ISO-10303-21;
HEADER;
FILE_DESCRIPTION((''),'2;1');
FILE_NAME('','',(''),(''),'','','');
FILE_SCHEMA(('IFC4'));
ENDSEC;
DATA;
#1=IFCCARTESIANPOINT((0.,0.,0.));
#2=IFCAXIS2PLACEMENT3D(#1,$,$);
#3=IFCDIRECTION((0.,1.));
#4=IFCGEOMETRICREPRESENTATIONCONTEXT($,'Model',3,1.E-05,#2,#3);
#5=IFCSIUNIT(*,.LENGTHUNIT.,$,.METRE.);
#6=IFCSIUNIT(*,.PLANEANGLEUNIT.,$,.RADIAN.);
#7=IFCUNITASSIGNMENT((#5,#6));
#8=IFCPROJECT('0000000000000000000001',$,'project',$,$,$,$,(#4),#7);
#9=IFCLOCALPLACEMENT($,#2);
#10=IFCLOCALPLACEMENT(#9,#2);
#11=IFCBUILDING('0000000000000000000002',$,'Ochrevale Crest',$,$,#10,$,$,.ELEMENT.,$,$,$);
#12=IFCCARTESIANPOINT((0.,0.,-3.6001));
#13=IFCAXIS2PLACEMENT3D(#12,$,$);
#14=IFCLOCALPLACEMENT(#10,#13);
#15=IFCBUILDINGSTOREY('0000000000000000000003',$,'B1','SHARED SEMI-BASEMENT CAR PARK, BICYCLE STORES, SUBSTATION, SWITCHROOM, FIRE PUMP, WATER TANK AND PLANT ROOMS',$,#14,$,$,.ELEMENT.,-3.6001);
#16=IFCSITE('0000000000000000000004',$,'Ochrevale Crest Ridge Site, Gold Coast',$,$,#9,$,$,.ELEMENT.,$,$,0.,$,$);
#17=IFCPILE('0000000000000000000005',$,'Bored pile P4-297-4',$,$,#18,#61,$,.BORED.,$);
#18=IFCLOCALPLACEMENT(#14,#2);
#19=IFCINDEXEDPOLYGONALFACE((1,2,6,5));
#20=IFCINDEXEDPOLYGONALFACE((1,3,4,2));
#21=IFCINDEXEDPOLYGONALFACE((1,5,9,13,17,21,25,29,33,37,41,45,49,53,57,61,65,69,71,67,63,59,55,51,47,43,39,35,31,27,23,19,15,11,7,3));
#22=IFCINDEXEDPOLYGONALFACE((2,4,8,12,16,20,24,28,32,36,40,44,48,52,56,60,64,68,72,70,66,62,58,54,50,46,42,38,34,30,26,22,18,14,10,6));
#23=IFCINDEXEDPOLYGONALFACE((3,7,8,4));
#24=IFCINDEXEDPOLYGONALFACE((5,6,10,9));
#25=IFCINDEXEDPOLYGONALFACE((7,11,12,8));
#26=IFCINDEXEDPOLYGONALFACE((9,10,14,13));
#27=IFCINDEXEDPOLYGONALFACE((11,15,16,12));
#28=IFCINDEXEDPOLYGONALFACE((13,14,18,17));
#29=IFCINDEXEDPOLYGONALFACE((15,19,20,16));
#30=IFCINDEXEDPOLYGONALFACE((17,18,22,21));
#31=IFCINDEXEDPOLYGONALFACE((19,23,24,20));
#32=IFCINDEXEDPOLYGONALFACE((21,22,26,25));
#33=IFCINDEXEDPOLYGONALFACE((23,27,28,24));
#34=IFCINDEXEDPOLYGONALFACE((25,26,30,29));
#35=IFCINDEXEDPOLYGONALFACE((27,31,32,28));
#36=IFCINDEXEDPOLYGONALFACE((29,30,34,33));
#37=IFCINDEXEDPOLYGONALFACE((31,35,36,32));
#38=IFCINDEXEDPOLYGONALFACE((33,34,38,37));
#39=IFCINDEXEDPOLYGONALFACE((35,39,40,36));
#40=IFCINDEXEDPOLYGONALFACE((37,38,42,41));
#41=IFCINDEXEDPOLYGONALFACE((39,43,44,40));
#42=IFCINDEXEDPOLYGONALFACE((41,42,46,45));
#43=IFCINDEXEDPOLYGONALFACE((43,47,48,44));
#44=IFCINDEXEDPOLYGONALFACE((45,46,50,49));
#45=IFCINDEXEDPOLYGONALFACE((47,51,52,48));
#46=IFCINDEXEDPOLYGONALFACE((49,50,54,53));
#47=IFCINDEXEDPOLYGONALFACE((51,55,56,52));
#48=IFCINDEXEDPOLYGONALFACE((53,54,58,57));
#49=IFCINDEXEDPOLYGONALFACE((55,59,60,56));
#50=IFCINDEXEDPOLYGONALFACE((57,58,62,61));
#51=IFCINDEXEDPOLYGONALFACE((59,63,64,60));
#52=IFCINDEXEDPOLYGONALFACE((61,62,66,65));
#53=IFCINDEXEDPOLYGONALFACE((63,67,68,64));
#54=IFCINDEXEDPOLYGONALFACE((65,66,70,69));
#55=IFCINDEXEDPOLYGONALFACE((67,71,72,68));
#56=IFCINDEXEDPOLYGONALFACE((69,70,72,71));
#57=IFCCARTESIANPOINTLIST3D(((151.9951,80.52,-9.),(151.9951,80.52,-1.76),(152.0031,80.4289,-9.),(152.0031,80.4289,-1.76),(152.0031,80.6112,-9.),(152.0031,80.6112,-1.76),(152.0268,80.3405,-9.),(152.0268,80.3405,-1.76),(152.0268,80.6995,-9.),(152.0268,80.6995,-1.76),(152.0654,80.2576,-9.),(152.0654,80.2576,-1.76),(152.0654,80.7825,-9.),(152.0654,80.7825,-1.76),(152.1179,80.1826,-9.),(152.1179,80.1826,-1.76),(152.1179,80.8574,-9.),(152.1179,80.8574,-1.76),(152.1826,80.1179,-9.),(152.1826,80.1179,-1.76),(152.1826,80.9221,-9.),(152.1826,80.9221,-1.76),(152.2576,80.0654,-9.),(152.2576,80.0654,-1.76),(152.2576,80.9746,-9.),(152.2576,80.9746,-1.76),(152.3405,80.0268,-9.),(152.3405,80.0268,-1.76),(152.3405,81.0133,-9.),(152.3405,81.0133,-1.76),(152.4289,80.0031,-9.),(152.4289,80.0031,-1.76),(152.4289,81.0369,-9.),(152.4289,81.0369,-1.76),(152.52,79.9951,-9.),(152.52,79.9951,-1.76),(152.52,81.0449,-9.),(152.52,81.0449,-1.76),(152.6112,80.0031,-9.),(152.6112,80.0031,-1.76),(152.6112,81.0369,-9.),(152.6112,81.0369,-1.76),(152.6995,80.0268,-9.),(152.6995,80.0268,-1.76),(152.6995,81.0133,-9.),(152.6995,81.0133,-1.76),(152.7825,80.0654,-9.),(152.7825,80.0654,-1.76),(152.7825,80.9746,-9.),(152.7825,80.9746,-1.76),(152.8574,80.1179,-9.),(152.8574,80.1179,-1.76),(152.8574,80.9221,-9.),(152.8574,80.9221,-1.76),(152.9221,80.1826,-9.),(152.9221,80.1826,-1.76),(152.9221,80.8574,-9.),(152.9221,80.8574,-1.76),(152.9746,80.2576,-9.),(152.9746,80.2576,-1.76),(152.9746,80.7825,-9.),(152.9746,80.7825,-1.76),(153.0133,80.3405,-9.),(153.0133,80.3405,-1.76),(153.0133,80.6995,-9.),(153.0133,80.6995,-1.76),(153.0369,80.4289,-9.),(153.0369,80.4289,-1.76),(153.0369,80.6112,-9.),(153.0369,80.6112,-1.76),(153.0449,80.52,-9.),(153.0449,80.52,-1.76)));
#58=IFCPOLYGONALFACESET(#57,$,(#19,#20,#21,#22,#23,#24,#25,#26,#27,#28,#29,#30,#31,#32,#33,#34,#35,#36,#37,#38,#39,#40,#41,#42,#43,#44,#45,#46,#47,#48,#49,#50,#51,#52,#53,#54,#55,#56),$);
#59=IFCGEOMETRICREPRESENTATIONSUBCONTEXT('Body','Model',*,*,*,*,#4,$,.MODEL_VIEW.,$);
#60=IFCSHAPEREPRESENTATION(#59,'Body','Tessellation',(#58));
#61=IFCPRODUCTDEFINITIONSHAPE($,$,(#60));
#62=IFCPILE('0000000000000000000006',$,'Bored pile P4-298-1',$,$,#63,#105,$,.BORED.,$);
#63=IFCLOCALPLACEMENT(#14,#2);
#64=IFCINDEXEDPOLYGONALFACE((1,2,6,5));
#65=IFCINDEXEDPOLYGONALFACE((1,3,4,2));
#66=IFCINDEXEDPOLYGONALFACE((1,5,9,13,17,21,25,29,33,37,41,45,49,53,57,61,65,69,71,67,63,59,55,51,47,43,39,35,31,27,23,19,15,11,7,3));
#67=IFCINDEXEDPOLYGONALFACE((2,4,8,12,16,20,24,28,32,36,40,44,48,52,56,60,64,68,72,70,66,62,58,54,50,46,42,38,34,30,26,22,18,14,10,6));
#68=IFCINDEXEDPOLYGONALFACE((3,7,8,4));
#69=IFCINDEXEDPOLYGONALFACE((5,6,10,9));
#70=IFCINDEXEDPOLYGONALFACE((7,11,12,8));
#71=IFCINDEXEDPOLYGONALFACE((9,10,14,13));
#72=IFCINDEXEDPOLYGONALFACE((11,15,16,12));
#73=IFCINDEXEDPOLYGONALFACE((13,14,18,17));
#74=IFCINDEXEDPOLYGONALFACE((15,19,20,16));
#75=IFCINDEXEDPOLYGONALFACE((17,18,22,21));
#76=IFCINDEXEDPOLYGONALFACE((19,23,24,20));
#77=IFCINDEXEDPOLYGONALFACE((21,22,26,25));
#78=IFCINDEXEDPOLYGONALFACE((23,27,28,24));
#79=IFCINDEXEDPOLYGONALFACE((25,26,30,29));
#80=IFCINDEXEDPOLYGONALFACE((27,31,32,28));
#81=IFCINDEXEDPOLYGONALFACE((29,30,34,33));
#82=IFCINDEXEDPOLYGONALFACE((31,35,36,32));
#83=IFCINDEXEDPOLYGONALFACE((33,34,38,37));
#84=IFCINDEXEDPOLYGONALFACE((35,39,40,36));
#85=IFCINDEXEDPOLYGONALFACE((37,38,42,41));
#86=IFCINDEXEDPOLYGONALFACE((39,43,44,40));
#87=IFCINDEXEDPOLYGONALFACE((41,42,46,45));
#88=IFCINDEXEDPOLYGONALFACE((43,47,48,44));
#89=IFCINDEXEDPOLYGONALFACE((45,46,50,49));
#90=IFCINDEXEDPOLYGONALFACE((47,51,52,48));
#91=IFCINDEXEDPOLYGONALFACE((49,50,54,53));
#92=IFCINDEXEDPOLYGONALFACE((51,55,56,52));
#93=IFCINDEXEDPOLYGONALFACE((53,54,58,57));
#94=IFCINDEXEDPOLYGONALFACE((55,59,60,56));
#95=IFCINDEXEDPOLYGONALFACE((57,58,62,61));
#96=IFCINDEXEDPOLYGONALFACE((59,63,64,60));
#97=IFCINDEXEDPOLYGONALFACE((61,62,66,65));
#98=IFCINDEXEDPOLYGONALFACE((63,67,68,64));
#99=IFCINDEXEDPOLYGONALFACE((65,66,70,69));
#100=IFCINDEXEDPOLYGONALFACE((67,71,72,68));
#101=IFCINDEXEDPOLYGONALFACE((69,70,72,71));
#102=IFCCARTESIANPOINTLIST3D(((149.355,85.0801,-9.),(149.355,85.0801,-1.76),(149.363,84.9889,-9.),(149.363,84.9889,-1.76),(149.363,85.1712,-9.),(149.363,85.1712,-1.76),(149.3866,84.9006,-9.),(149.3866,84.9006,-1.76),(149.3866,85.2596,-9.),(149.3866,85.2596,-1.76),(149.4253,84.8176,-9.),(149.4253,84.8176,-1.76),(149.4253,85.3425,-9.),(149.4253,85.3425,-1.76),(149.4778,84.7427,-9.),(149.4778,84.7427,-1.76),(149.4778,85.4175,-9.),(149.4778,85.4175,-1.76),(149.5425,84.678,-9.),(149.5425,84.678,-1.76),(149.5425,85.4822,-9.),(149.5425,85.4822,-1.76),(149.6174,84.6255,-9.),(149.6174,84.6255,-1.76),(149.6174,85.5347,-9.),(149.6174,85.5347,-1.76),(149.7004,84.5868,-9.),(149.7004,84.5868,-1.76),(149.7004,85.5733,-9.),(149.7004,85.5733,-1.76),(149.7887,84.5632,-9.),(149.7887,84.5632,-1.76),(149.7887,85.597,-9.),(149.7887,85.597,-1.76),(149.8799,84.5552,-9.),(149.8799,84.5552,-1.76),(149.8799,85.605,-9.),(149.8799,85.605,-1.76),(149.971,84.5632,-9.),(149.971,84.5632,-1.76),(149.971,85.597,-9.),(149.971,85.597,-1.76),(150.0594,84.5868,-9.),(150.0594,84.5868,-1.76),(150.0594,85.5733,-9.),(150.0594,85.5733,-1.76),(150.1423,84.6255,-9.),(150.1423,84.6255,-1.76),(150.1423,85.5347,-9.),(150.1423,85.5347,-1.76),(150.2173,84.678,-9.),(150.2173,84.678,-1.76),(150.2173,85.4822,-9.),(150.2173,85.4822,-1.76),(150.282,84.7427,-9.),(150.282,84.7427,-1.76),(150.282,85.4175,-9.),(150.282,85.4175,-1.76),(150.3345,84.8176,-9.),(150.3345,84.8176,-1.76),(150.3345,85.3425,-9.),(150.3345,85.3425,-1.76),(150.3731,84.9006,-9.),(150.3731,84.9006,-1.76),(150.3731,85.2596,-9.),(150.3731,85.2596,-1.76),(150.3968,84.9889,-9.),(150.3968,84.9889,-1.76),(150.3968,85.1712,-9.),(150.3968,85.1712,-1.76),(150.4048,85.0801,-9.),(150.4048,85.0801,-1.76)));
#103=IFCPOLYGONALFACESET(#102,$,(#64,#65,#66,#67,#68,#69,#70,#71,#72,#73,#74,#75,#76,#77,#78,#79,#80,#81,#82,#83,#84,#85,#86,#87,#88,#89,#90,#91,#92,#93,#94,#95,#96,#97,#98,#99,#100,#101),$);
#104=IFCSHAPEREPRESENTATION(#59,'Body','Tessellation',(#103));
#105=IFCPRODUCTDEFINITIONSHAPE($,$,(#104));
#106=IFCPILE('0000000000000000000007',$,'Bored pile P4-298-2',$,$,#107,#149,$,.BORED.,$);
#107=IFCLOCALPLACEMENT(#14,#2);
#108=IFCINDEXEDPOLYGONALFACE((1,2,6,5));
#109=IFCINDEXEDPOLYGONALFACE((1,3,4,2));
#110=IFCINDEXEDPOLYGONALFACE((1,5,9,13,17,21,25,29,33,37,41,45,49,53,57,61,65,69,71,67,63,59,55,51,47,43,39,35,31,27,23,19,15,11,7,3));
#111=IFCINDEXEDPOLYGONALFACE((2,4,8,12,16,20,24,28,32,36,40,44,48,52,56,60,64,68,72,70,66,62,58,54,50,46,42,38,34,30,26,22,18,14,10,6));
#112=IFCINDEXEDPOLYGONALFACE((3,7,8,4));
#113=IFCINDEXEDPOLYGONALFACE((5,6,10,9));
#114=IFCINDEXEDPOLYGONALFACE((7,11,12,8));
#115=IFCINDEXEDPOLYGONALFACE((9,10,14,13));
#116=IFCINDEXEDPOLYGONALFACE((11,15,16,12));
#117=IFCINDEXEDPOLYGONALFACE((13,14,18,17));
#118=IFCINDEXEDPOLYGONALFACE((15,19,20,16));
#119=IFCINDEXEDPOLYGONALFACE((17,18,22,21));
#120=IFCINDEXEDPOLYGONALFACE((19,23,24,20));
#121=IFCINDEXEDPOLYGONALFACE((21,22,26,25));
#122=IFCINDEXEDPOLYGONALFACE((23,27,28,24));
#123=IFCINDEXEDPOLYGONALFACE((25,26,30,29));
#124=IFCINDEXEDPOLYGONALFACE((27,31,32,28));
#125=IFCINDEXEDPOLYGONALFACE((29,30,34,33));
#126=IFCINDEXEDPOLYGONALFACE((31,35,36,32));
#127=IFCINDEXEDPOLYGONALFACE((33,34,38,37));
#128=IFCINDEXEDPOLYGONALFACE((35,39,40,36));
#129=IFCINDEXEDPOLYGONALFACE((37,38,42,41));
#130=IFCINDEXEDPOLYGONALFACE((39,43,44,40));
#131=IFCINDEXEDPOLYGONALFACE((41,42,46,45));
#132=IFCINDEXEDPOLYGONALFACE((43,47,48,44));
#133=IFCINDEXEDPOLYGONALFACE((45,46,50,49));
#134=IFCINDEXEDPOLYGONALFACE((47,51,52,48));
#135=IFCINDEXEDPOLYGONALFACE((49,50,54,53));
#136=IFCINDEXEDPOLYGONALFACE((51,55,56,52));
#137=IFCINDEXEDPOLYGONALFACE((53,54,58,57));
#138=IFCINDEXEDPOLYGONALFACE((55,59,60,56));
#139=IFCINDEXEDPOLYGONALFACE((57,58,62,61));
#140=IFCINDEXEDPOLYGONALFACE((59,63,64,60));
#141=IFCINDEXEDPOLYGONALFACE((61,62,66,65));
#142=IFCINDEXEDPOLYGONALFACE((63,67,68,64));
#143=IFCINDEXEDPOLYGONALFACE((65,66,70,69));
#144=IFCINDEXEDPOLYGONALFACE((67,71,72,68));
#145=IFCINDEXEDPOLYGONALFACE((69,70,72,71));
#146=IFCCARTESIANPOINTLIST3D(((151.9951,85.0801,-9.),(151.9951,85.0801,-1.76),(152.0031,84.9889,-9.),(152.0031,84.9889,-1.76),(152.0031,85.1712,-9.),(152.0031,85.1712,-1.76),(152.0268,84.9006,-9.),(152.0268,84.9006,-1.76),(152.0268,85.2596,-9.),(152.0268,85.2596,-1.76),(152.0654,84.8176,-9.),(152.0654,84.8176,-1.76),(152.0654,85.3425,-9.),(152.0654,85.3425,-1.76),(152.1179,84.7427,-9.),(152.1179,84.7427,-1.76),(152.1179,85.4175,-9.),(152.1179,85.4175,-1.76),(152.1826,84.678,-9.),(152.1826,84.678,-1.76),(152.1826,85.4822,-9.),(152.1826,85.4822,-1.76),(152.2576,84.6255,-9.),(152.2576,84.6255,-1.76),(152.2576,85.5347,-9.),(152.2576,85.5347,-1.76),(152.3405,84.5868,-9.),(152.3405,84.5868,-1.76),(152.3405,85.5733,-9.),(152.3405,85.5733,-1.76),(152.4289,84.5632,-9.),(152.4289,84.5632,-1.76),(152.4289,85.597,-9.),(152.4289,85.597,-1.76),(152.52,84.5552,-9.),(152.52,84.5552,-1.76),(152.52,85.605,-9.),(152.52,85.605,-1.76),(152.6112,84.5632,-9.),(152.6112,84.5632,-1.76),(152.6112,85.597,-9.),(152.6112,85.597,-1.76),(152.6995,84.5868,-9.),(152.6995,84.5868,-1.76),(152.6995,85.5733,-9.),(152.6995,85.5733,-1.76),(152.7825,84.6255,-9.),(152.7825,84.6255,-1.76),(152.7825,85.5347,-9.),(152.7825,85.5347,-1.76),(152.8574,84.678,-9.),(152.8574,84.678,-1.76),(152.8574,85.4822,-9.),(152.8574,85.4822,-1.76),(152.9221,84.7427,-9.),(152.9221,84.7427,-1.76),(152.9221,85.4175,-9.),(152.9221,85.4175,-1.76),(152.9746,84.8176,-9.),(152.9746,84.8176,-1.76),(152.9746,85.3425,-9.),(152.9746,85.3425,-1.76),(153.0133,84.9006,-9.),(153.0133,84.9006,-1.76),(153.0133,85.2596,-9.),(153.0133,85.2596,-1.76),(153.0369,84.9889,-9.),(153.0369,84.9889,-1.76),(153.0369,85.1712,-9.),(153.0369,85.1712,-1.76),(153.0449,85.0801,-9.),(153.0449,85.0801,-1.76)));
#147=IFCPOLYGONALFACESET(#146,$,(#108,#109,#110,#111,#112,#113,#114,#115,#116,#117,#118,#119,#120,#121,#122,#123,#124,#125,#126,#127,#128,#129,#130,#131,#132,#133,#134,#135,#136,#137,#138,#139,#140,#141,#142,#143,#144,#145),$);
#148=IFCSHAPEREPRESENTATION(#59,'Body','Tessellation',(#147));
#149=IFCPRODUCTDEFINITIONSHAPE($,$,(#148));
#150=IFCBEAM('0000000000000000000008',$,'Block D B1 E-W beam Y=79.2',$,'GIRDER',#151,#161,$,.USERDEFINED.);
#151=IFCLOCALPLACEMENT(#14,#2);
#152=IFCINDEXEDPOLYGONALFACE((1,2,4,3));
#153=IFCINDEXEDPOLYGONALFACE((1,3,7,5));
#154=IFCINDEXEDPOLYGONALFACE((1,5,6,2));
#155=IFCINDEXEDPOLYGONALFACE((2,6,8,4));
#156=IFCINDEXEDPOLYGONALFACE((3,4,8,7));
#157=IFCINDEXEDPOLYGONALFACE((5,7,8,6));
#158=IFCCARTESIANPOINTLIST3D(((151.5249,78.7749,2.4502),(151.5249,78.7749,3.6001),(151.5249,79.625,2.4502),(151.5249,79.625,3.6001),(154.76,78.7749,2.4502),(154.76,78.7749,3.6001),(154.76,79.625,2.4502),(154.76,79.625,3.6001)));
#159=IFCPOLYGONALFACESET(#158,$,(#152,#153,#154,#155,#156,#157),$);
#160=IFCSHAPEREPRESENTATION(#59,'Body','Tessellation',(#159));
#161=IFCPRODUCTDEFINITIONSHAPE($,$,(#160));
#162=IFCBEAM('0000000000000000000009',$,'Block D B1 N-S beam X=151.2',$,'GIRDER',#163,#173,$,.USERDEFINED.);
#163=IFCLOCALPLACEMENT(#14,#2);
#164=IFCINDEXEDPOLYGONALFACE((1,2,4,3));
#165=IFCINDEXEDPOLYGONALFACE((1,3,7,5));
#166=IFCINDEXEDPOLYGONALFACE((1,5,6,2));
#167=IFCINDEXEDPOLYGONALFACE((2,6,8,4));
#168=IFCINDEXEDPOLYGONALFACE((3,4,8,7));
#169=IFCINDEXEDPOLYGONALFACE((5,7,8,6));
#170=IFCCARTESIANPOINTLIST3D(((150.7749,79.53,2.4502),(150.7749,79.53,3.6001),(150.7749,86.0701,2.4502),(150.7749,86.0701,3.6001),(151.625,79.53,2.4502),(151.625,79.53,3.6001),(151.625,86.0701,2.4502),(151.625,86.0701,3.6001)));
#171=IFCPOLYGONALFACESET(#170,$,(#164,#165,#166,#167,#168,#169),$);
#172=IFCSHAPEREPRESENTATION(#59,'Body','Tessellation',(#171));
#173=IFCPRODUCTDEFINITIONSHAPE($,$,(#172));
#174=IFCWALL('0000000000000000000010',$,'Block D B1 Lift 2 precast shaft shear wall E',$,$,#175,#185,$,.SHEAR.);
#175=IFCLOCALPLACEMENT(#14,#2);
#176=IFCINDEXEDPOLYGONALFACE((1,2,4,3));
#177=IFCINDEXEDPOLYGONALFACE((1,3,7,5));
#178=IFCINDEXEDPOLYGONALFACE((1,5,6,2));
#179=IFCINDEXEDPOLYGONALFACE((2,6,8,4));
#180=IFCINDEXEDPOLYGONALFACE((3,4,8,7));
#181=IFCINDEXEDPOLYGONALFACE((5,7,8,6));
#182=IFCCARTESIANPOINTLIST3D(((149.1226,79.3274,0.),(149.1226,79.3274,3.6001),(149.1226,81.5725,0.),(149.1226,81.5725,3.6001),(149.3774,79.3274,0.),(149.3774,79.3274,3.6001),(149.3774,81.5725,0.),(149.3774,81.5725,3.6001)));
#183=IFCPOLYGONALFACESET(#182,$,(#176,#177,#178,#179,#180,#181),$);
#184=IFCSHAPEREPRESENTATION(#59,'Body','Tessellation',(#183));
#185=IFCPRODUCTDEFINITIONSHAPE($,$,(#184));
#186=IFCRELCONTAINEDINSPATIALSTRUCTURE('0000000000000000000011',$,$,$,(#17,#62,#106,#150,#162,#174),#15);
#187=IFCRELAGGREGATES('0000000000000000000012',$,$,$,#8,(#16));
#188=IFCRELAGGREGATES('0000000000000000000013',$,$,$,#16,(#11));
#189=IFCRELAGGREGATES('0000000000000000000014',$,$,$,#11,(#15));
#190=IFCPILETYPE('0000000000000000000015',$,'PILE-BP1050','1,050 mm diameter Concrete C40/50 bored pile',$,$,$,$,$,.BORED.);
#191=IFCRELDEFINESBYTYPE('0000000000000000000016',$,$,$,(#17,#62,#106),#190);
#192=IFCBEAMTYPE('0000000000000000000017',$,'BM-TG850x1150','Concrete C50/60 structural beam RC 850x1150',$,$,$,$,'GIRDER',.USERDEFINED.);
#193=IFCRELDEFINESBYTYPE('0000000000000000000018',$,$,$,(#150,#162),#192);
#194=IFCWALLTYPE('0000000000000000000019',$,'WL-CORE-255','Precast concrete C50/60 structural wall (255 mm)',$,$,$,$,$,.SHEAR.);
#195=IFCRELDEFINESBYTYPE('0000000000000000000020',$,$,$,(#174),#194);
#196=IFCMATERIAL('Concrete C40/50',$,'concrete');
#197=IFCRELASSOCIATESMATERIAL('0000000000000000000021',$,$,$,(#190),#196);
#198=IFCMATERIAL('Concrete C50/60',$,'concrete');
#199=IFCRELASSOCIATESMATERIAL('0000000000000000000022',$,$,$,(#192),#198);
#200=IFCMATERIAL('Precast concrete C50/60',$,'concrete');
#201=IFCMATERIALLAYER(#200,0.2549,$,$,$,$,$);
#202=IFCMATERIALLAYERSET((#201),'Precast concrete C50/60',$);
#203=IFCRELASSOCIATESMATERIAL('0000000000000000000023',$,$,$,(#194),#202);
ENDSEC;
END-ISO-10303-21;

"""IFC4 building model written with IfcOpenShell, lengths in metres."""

from ifc_helpers import new_model, si_unit, direction, frame, frame_2d, origin, origin_2d, place, context, subcontext, project, spatial, rectangle, circle, extrude, material, layer, layer_set, material_profile, profile_set, type_object, element, save


model = new_model("IFC4")

# Units and contexts
model_context = context("Model", 3, precision=1e-05, world=origin(), true_north=direction((0.0, 1.0)))
body_context = subcontext(model_context, "Body", "Model", "MODEL_VIEW")
ifc_project = project(units=[si_unit("LENGTHUNIT", "METRE"), si_unit("PLANEANGLEUNIT", "RADIAN")], contexts=[model_context])

# Site, building, storey
site_placement = place(None, origin())
site = spatial("IfcSite", under=ifc_project, at=site_placement, Name="Ochrevale Crest Ridge Site, Gold Coast", CompositionType="ELEMENT", RefElevation=0.0)
building_placement = place(site_placement, origin())
building = spatial("IfcBuilding", under=site, at=building_placement, Name="Ochrevale Crest", CompositionType="ELEMENT")
storey_placement = place(building_placement, frame((0.0, 0.0, -3.6001)))
storey = spatial("IfcBuildingStorey", under=building, at=storey_placement, Name="B1", Description="SHARED SEMI-BASEMENT CAR PARK, BICYCLE STORES, SUBSTATION, SWITCHROOM, FIRE PUMP, WATER TANK AND PLANT ROOMS", CompositionType="ELEMENT", Elevation=-3.6001)

# Shared definitions
ifc_material_1 = material(Name="Concrete C40/50", Category="concrete")

# Piles
ifc_material_profile_1 = material_profile(ifc_material_1, circle(Radius=0.5249, at=origin_2d()), Name="BORED PILE 1050")
ifc_profile_set_1 = profile_set([ifc_material_profile_1], Name="Concrete C40/50")
pile_type = type_object("IfcPileType", Name="PILE-BP1050", Description="1,050 mm diameter Concrete C40/50 bored pile", PredefinedType="BORED", material=ifc_profile_set_1)
for number, where, z_axis, x_axis, name in (
    (1, (152.52, 80.52, -1.76), (0.0, 0.0, -1.0), (1.0, 0.0, 0.0), "Bored pile P4-297-4"),
    (2, (149.8799, 85.0801, -1.76), (0.0, 0.0, -1.0), (1.0, 0.0, 0.0), "Bored pile P4-298-1"),
    (3, (152.52, 85.0801, -1.76), (0.0, 0.0, -1.0), (1.0, 0.0, 0.0), "Bored pile P4-298-2"),
):
    element("IfcPile", number, at=place(storey_placement, frame(where, z_axis=z_axis, x_axis=x_axis)), inside=storey, type_object=pile_type, Name=name, PredefinedType="BORED", context=body_context, shape_type="SweptSolid", body=[
        extrude(circle(Radius=0.5249, at=origin_2d()), origin(), (0.0, 0.0, 1.0), 7.24),
    ])

# Beams
ifc_material_2 = material(Name="Concrete C50/60", Category="concrete")
ifc_material_profile_2 = material_profile(ifc_material_2, rectangle(XDim=0.8501, YDim=1.1499, at=origin_2d()), Name="RC 850x1150")
ifc_profile_set_2 = profile_set([ifc_material_profile_2], Name="Concrete C50/60")
beam_type = type_object("IfcBeamType", Name="BM-TG850x1150", Description="Concrete C50/60 structural beam RC 850x1150", ElementType="GIRDER", PredefinedType="USERDEFINED", material=ifc_profile_set_2)
beam_1_placement = place(storey_placement, frame((151.5249, 79.2, 3.0251), z_axis=(1.0, 0.0, 0.0), x_axis=(0.0, 1.0, 0.0)))
element("IfcBeam", 4, at=beam_1_placement, inside=storey, type_object=beam_type, Name="Block D B1 E-W beam Y=79.2", ObjectType="GIRDER", PredefinedType="USERDEFINED", context=body_context, shape_type="SweptSolid", body=[
    extrude(rectangle(XDim=0.8501, YDim=1.1499, at=origin_2d()), origin(), (0.0, 0.0, 1.0), 3.2351),
])
beam_2_placement = place(storey_placement, frame((151.2, 79.53, 3.0251), z_axis=(0.0, 1.0, 0.0), x_axis=(-1.0, 0.0, 0.0)))
element("IfcBeam", 5, at=beam_2_placement, inside=storey, type_object=beam_type, Name="Block D B1 N-S beam X=151.2", ObjectType="GIRDER", PredefinedType="USERDEFINED", context=body_context, shape_type="SweptSolid", body=[
    extrude(rectangle(XDim=0.8501, YDim=1.1499, at=origin_2d()), origin(), (0.0, 0.0, 1.0), 6.54),
])

# Shared definitions
ifc_material_3 = material(Name="Precast concrete C50/60", Category="concrete")
ifc_layer = layer(ifc_material_3, 0.2549)
ifc_layer_set = layer_set([ifc_layer], Name="Precast concrete C50/60")
wall_type = type_object("IfcWallType", Name="WL-CORE-255", Description="Precast concrete C50/60 structural wall (255 mm)", PredefinedType="SHEAR", material=ifc_layer_set)

# Wall
wall_1_placement = place(storey_placement, frame((149.25, 79.3274, 0.0), z_axis=(0.0, 0.0, 1.0), x_axis=(0.0, 1.0, 0.0)))
element("IfcWall", 6, at=wall_1_placement, inside=storey, type_object=wall_type, Name="Block D B1 Lift 2 precast shaft shear wall E", PredefinedType="SHEAR", context=body_context, shape_type="SweptSolid", body=[
    extrude(rectangle(XDim=2.2451, YDim=0.2549, at=frame_2d((1.1226, 0.0))), origin(), (0.0, 0.0, 1.0), 3.6001),
])

save(model, "model.ifc")
